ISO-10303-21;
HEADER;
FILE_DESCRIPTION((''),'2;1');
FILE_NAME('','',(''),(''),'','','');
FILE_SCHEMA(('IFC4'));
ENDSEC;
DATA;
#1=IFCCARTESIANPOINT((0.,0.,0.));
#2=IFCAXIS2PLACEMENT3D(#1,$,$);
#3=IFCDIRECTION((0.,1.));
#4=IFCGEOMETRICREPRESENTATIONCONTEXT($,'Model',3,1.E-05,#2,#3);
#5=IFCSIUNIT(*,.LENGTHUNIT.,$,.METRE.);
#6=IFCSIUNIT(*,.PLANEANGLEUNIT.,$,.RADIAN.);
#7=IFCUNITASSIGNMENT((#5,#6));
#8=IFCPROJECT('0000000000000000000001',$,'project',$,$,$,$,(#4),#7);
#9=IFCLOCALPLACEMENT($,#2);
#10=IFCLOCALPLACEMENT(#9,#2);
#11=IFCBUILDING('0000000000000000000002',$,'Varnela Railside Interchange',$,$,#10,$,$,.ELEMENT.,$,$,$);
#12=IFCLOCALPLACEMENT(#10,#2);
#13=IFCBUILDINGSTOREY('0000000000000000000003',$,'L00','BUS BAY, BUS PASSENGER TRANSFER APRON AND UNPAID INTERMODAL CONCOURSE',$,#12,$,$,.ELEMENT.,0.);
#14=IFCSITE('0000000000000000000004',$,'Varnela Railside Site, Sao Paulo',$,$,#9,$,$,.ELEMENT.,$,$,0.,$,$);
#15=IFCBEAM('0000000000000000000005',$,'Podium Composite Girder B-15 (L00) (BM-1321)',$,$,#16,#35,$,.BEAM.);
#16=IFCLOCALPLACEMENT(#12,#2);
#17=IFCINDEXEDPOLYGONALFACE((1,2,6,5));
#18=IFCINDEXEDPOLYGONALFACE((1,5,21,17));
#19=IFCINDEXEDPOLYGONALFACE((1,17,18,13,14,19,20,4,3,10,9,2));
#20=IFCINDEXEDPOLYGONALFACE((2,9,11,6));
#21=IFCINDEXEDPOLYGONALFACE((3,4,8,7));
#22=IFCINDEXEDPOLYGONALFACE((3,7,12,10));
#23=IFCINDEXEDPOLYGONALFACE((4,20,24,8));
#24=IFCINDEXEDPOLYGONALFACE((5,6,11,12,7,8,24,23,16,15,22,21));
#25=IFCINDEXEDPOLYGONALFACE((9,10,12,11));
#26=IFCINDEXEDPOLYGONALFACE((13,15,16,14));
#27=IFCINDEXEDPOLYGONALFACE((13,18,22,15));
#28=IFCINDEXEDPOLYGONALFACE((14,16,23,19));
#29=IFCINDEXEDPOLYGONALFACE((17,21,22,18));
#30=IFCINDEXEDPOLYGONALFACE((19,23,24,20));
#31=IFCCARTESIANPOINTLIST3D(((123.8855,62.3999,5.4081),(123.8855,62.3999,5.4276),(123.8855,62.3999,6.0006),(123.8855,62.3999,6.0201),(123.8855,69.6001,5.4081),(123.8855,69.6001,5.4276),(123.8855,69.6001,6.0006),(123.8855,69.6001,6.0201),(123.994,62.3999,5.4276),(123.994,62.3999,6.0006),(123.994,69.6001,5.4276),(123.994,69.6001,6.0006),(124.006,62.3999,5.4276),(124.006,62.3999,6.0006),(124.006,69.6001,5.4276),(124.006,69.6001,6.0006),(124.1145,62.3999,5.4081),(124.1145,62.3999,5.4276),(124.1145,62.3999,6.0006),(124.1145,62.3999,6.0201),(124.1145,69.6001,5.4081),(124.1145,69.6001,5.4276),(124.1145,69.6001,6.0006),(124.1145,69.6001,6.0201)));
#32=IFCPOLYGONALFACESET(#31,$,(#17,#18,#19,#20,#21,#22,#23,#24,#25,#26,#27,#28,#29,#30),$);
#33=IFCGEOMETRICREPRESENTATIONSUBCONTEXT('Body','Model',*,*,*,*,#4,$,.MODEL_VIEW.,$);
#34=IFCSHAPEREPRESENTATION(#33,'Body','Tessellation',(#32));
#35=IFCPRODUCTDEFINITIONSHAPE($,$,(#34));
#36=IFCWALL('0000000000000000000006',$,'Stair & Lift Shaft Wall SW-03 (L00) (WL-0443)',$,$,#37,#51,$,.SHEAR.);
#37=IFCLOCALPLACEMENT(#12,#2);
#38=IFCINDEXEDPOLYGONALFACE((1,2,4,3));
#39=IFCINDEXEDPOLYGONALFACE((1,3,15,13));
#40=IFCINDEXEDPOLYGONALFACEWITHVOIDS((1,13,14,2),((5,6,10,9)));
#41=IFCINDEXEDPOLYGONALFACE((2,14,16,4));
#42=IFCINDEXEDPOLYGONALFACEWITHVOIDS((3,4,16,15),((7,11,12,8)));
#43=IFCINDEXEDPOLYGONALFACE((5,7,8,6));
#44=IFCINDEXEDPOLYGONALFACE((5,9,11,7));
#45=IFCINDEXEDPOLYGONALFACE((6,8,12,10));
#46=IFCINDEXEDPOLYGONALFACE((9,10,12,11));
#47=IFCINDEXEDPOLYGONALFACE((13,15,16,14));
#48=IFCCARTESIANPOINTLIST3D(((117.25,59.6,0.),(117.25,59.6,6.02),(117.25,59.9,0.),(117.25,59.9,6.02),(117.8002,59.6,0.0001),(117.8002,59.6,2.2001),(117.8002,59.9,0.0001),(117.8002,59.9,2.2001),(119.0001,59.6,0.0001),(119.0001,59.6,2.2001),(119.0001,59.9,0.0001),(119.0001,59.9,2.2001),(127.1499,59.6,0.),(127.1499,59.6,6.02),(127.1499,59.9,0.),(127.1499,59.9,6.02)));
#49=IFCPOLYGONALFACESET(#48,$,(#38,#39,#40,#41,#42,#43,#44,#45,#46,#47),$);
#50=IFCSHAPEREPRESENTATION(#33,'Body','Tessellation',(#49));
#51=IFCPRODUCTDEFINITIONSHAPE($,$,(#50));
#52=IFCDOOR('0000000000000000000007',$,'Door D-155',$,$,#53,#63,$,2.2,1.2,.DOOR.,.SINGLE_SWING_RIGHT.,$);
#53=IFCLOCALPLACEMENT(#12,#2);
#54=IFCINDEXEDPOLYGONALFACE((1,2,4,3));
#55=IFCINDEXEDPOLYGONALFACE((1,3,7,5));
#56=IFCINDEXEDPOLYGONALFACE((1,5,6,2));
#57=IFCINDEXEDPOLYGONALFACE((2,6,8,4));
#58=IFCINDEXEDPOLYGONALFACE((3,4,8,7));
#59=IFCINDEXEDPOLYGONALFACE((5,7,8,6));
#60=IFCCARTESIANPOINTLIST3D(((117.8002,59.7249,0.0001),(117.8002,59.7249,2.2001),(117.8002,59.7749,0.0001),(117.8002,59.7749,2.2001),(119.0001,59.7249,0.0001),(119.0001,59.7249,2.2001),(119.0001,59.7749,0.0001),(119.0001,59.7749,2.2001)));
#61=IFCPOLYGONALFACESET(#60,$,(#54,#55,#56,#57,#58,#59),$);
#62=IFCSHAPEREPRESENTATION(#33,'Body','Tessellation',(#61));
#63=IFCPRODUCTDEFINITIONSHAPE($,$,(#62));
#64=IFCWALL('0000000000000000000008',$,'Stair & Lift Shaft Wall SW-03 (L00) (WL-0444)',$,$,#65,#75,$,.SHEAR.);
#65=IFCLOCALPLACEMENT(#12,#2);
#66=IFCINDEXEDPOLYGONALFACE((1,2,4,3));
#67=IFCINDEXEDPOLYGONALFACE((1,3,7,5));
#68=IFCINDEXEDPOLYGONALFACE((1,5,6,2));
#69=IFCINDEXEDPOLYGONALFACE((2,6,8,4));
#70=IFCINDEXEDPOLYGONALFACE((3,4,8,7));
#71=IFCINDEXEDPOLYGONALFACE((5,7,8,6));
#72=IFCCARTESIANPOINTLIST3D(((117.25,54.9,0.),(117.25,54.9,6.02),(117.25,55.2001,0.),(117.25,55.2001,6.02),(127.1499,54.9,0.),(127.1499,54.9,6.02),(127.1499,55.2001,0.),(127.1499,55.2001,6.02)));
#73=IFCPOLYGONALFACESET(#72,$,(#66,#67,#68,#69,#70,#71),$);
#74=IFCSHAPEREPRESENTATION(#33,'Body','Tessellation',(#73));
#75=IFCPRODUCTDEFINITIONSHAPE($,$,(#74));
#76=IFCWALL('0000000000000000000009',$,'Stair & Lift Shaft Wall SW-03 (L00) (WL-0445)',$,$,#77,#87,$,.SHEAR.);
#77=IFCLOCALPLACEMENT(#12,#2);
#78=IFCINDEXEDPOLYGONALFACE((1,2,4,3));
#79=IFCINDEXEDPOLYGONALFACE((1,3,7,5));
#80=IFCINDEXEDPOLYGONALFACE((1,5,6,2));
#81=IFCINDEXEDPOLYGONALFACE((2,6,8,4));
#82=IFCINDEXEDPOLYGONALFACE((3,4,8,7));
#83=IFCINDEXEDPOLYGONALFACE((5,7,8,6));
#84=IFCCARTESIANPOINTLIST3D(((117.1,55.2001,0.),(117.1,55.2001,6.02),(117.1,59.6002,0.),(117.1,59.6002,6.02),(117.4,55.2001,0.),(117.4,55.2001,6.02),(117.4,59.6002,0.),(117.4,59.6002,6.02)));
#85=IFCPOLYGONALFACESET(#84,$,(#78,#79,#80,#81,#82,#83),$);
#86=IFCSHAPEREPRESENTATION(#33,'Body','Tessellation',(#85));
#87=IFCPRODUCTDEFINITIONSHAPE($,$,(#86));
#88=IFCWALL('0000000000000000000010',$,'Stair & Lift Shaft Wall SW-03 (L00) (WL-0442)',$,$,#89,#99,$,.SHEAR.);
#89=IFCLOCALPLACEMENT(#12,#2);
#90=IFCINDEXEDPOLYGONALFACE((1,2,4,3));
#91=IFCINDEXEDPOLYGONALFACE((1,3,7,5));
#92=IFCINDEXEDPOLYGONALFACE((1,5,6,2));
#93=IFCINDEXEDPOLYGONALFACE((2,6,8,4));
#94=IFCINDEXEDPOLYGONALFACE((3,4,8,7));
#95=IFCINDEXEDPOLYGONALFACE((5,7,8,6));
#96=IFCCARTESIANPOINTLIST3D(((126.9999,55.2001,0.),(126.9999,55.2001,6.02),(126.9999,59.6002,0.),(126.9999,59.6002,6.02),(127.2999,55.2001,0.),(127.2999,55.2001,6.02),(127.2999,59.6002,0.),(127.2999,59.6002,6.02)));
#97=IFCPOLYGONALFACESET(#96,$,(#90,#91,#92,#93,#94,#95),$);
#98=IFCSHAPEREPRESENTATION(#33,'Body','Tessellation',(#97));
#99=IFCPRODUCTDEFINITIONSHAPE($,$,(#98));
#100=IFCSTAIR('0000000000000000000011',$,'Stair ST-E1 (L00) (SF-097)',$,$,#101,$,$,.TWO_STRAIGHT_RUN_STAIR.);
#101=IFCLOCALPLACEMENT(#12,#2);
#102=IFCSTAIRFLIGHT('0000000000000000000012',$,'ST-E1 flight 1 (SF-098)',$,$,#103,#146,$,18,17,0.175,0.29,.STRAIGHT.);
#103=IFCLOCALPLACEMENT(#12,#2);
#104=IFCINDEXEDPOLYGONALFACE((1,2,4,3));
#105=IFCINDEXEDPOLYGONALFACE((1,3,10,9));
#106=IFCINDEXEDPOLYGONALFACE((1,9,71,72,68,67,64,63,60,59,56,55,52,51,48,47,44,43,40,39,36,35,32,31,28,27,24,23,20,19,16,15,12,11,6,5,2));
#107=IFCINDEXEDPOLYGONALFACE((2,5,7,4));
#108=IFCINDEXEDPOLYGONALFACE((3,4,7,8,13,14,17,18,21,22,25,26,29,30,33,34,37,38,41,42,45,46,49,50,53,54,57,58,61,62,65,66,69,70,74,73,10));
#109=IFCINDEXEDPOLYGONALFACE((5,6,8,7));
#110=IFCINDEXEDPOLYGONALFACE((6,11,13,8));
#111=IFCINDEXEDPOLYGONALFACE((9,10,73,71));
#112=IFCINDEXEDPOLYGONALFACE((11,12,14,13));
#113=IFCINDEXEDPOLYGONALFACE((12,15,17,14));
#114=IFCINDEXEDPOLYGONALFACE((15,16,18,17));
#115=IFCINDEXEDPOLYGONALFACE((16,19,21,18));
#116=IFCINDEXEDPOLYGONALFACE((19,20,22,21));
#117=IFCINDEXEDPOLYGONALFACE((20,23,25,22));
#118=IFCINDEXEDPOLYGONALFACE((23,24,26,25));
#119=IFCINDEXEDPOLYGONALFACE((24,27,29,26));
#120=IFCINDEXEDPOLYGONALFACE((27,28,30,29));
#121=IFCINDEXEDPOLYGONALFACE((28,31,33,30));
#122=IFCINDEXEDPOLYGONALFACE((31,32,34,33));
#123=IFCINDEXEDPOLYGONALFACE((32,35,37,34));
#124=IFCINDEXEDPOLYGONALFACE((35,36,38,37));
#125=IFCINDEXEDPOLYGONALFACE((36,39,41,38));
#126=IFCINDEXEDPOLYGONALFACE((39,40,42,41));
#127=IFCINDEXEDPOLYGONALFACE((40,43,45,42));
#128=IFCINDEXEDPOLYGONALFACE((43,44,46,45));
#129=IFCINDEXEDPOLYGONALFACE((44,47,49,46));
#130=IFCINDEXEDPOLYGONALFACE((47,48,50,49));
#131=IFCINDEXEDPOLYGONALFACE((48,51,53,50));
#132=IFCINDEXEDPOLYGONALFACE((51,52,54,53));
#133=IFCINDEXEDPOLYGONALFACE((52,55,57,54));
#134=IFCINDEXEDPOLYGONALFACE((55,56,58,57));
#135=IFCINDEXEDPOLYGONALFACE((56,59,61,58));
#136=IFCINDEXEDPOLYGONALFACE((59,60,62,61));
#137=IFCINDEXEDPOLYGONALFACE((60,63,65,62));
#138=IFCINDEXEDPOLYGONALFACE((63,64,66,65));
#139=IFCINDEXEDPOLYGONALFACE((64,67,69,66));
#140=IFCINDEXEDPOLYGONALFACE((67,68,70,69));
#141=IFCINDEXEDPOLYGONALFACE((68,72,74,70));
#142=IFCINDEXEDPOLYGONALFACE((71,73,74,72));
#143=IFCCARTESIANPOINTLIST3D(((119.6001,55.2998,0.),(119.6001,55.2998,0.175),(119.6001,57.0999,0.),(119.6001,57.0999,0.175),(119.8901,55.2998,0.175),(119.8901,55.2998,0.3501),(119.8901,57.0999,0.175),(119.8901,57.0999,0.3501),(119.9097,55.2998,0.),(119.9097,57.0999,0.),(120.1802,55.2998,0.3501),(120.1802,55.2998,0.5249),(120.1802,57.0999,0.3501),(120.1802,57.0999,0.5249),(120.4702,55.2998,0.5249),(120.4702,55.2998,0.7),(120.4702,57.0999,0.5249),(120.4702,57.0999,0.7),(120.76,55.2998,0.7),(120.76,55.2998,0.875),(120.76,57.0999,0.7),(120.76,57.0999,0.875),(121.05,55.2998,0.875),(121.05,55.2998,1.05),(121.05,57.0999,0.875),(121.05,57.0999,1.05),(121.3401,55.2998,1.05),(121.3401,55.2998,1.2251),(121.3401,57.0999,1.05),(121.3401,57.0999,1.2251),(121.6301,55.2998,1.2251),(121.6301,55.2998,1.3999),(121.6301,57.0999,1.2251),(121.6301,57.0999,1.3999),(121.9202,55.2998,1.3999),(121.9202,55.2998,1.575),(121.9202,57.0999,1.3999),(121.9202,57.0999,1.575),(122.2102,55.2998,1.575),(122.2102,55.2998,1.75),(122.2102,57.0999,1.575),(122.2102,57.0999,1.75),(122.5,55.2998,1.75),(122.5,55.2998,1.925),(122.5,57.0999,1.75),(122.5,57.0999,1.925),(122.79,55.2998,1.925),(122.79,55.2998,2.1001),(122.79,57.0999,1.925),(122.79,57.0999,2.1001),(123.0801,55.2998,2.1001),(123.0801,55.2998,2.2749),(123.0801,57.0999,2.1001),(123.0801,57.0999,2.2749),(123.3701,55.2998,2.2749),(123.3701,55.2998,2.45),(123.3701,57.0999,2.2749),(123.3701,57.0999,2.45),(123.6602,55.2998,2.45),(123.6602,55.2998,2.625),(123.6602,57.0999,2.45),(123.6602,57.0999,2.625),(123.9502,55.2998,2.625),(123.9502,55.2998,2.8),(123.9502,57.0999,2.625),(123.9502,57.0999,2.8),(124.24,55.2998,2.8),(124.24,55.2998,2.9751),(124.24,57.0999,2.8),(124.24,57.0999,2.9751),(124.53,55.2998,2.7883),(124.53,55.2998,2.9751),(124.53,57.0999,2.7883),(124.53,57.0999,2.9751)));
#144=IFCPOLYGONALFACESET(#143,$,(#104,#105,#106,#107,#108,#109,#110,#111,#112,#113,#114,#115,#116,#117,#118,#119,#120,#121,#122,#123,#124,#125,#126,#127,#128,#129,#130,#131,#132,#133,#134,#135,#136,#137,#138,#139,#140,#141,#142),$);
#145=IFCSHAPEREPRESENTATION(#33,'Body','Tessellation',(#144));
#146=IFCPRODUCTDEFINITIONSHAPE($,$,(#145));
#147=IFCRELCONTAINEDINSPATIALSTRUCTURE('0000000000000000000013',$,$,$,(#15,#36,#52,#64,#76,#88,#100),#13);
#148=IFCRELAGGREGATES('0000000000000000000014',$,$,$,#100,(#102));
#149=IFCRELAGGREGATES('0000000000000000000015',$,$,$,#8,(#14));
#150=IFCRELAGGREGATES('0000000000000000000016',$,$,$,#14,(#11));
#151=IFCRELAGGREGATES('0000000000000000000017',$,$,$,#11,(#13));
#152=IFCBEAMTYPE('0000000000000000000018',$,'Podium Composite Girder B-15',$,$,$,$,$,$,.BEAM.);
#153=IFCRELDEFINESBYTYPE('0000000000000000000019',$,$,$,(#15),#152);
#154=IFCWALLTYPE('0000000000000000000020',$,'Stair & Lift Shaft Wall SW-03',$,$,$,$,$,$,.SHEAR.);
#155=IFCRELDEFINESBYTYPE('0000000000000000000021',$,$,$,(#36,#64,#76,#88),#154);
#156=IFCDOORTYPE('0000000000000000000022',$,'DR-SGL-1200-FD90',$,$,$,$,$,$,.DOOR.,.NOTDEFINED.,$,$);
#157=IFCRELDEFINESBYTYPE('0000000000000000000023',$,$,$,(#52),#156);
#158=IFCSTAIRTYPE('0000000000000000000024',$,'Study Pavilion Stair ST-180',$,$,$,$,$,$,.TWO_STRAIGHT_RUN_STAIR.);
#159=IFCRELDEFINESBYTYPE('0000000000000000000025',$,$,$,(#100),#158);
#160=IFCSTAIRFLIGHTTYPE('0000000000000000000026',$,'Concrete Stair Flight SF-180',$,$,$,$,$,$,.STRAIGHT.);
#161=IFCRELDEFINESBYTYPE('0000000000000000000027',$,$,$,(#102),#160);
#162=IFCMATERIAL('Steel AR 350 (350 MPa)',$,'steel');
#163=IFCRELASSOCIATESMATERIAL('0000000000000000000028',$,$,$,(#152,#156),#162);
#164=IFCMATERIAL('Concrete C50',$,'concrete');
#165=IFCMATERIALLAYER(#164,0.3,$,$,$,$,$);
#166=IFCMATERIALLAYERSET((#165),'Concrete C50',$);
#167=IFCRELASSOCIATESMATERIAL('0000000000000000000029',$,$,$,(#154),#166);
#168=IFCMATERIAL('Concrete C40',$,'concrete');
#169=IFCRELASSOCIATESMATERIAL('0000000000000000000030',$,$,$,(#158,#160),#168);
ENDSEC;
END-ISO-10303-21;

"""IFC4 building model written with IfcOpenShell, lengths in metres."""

from ifc_helpers import new_model, si_unit, direction, frame, frame_2d, origin, origin_2d, place, context, subcontext, project, spatial, polyline, rectangle, i_section, outline, extrude, material, layer, layer_set, material_profile, profile_set, type_object, element, fill, aggregate, save


model = new_model("IFC4")

# Units and contexts
model_context = context("Model", 3, precision=1e-05, world=origin(), true_north=direction((0.0, 1.0)))
body_context = subcontext(model_context, "Body", "Model", "MODEL_VIEW")
ifc_project = project(units=[si_unit("LENGTHUNIT", "METRE"), si_unit("PLANEANGLEUNIT", "RADIAN")], contexts=[model_context])

# Site, building, storey
site_placement = place(None, origin())
site = spatial("IfcSite", under=ifc_project, at=site_placement, Name="Varnela Railside Site, Sao Paulo", CompositionType="ELEMENT", RefElevation=0.0)
building_placement = place(site_placement, origin())
building = spatial("IfcBuilding", under=site, at=building_placement, Name="Varnela Railside Interchange", CompositionType="ELEMENT")
storey_placement = place(building_placement, origin())
storey = spatial("IfcBuildingStorey", under=building, at=storey_placement, Name="L00", Description="BUS BAY, BUS PASSENGER TRANSFER APRON AND UNPAID INTERMODAL CONCOURSE", CompositionType="ELEMENT", Elevation=0.0)

# Shared definitions
ifc_material_1 = material(Name="Concrete C50", Category="concrete")

# Beam
ifc_material_2 = material(Name="Steel AR 350 (350 MPa)", Category="steel")
ifc_material_3 = material(Name="Concrete C40", Category="concrete")
ifc_material_profile_1 = material_profile(ifc_material_2, i_section(OverallWidth=0.229, OverallDepth=0.6121, WebThickness=0.012, FlangeThickness=0.0195, at=origin_2d()), Name="W610x125")
ifc_profile_set_1 = profile_set([ifc_material_profile_1], Name="Steel AR 350 (350 MPa)")
beam_type_1 = type_object("IfcBeamType", Name="Podium Composite Girder B-15", PredefinedType="BEAM", material=ifc_profile_set_1)
beam_1_placement = place(storey_placement, frame((124.0, 62.3999, 5.7141), z_axis=(0.0, 1.0, 0.0), x_axis=(-1.0, 0.0, 0.0)))
element("IfcBeam", 1, at=beam_1_placement, inside=storey, type_object=beam_type_1, Name="Podium Composite Girder B-15 (L00) (BM-1321)", PredefinedType="BEAM", context=body_context, shape_type="SweptSolid", body=[
    extrude(i_section(OverallWidth=0.229, OverallDepth=0.6121, WebThickness=0.012, FlangeThickness=0.0195, at=origin_2d()), origin(), (0.0, 0.0, 1.0), 7.2002),
])

# Wall, opening, door
ifc_layer = layer(ifc_material_1, 0.3)
ifc_layer_set = layer_set([ifc_layer], Name="Concrete C50")
wall_type = type_object("IfcWallType", Name="Stair & Lift Shaft Wall SW-03", PredefinedType="SHEAR", material=ifc_layer_set)
wall_1_placement = place(storey_placement, frame((117.25, 59.75, 0.0), z_axis=(0.0, 0.0, 1.0), x_axis=(1.0, 0.0, 0.0)))
wall_1 = element("IfcWall", 2, at=wall_1_placement, inside=storey, type_object=wall_type, Name="Stair & Lift Shaft Wall SW-03 (L00) (WL-0443)", PredefinedType="SHEAR", context=body_context, shape_type="SweptSolid", body=[
    extrude(rectangle(XDim=9.8999, YDim=0.3, at=frame_2d((4.95, 0.0))), origin(), (0.0, 0.0, 1.0), 6.02),
])
opening_placement = place(wall_1_placement, frame((0.55, 0.0, 0.0)))
opening = element("IfcOpeningElement", 3, at=opening_placement, cuts=wall_1, PredefinedType="OPENING", context=body_context, shape_type="SweptSolid", body=[
    extrude(rectangle(XDim=1.2, YDim=2.2, at=frame_2d((0.6001, 1.1001))), frame((0.0, 0.1599, 0.0), z_axis=(0.0, -1.0, 0.0), x_axis=(1.0, 0.0, 0.0)), (0.0, 0.0, 1.0), 0.3201),
])
door_type = type_object("IfcDoorType", Name="DR-SGL-1200-FD90", OperationType="NOTDEFINED", PredefinedType="DOOR", material=ifc_material_2)
door_placement = place(opening_placement, origin())
door = element("IfcDoor", 4, at=door_placement, inside=storey, type_object=door_type, Name="Door D-155", OperationType="SINGLE_SWING_RIGHT", OverallHeight=2.2, OverallWidth=1.2, PredefinedType="DOOR", context=body_context, shape_type="SweptSolid", body=[
    extrude(rectangle(XDim=1.2, YDim=2.2, at=frame_2d((0.6001, 1.1001))), frame((0.0, 0.0249, 0.0), z_axis=(0.0, -1.0, 0.0), x_axis=(1.0, 0.0, 0.0)), (0.0, 0.0, 1.0), 0.05),
])
fill(opening, door)

# Walls
wall_2_placement = place(storey_placement, frame((117.25, 55.05, 0.0), z_axis=(0.0, 0.0, 1.0), x_axis=(1.0, 0.0, 0.0)))
element("IfcWall", 5, at=wall_2_placement, inside=storey, type_object=wall_type, Name="Stair & Lift Shaft Wall SW-03 (L00) (WL-0444)", PredefinedType="SHEAR", context=body_context, shape_type="SweptSolid", body=[
    extrude(rectangle(XDim=9.8999, YDim=0.3, at=frame_2d((4.95, 0.0))), origin(), (0.0, 0.0, 1.0), 6.02),
])
for number, where, z_axis, x_axis, name in (
    (6, (117.25, 55.2, 0.0), (0.0, 0.0, 1.0), (0.0, 1.0, 0.0), "Stair & Lift Shaft Wall SW-03 (L00) (WL-0445)"),
    (7, (127.1499, 55.2, 0.0), (0.0, 0.0, 1.0), (0.0, 1.0, 0.0), "Stair & Lift Shaft Wall SW-03 (L00) (WL-0442)"),
):
    element("IfcWall", number, at=place(storey_placement, frame(where, z_axis=z_axis, x_axis=x_axis)), inside=storey, type_object=wall_type, Name=name, PredefinedType="SHEAR", context=body_context, shape_type="SweptSolid", body=[
        extrude(rectangle(XDim=4.4001, YDim=0.3, at=frame_2d((2.2002, 0.0))), origin(), (0.0, 0.0, 1.0), 6.02),
    ])

# Stair, stair flight
stair_type = type_object("IfcStairType", Name="Study Pavilion Stair ST-180", PredefinedType="TWO_STRAIGHT_RUN_STAIR", material=ifc_material_3)
stair_placement = place(storey_placement, origin())
stair = element("IfcStair", 8, at=stair_placement, inside=storey, type_object=stair_type, Name="Stair ST-E1 (L00) (SF-097)", PredefinedType="TWO_STRAIGHT_RUN_STAIR")
stair_flight_type = type_object("IfcStairFlightType", Name="Concrete Stair Flight SF-180", PredefinedType="STRAIGHT", material=ifc_material_3)
stair_flight_1_placement = place(storey_placement, frame((119.6001, 56.2, 0.0), z_axis=(0.0, 0.0, 1.0), x_axis=(1.0, 0.0, 0.0)))
stair_flight_1 = element("IfcStairFlight", 9, at=stair_flight_1_placement, type_object=stair_flight_type, Name="ST-E1 flight 1 (SF-098)", NumberOfRisers=18, NumberOfTreads=17, PredefinedType="STRAIGHT", RiserHeight=0.175, TreadLength=0.29, context=body_context, shape_type="SweptSolid", body=[
    extrude(outline(polyline([(0.0, 0.0), (0.0, 0.175), (0.29, 0.175), (0.29, 0.3501), (0.5801, 0.3501), (0.5801, 0.5249), (0.8701, 0.5249), (0.8701, 0.7), (1.1599, 0.7), (1.1599, 0.875), (1.45, 0.875), (1.45, 1.05), (1.74, 1.05), (1.74, 1.2251), (2.03, 1.2251), (2.03, 1.3999), (2.3201, 1.3999), (2.3201, 1.575), (2.6101, 1.575), (2.6101, 1.75), (2.8999, 1.75), (2.8999, 1.925), (3.1899, 1.925), (3.1899, 2.1001), (3.48, 2.1001), (3.48, 2.2749), (3.77, 2.2749), (3.77, 2.45), (4.0601, 2.45), (4.0601, 2.625), (4.3501, 2.625), (4.3501, 2.8), (4.6399, 2.8), (4.6399, 2.9751), (4.9299, 2.9751), (4.9299, 3.1499), (4.9299, 2.7883), (0.3096, 0.0), (0.0, 0.0)])), frame((0.0, 0.8999, 0.0), z_axis=(0.0, -1.0, 0.0), x_axis=(1.0, 0.0, 0.0)), (0.0, 0.0, 1.0), 1.8),
])
aggregate(stair, [stair_flight_1])

save(model, "model.ifc")
